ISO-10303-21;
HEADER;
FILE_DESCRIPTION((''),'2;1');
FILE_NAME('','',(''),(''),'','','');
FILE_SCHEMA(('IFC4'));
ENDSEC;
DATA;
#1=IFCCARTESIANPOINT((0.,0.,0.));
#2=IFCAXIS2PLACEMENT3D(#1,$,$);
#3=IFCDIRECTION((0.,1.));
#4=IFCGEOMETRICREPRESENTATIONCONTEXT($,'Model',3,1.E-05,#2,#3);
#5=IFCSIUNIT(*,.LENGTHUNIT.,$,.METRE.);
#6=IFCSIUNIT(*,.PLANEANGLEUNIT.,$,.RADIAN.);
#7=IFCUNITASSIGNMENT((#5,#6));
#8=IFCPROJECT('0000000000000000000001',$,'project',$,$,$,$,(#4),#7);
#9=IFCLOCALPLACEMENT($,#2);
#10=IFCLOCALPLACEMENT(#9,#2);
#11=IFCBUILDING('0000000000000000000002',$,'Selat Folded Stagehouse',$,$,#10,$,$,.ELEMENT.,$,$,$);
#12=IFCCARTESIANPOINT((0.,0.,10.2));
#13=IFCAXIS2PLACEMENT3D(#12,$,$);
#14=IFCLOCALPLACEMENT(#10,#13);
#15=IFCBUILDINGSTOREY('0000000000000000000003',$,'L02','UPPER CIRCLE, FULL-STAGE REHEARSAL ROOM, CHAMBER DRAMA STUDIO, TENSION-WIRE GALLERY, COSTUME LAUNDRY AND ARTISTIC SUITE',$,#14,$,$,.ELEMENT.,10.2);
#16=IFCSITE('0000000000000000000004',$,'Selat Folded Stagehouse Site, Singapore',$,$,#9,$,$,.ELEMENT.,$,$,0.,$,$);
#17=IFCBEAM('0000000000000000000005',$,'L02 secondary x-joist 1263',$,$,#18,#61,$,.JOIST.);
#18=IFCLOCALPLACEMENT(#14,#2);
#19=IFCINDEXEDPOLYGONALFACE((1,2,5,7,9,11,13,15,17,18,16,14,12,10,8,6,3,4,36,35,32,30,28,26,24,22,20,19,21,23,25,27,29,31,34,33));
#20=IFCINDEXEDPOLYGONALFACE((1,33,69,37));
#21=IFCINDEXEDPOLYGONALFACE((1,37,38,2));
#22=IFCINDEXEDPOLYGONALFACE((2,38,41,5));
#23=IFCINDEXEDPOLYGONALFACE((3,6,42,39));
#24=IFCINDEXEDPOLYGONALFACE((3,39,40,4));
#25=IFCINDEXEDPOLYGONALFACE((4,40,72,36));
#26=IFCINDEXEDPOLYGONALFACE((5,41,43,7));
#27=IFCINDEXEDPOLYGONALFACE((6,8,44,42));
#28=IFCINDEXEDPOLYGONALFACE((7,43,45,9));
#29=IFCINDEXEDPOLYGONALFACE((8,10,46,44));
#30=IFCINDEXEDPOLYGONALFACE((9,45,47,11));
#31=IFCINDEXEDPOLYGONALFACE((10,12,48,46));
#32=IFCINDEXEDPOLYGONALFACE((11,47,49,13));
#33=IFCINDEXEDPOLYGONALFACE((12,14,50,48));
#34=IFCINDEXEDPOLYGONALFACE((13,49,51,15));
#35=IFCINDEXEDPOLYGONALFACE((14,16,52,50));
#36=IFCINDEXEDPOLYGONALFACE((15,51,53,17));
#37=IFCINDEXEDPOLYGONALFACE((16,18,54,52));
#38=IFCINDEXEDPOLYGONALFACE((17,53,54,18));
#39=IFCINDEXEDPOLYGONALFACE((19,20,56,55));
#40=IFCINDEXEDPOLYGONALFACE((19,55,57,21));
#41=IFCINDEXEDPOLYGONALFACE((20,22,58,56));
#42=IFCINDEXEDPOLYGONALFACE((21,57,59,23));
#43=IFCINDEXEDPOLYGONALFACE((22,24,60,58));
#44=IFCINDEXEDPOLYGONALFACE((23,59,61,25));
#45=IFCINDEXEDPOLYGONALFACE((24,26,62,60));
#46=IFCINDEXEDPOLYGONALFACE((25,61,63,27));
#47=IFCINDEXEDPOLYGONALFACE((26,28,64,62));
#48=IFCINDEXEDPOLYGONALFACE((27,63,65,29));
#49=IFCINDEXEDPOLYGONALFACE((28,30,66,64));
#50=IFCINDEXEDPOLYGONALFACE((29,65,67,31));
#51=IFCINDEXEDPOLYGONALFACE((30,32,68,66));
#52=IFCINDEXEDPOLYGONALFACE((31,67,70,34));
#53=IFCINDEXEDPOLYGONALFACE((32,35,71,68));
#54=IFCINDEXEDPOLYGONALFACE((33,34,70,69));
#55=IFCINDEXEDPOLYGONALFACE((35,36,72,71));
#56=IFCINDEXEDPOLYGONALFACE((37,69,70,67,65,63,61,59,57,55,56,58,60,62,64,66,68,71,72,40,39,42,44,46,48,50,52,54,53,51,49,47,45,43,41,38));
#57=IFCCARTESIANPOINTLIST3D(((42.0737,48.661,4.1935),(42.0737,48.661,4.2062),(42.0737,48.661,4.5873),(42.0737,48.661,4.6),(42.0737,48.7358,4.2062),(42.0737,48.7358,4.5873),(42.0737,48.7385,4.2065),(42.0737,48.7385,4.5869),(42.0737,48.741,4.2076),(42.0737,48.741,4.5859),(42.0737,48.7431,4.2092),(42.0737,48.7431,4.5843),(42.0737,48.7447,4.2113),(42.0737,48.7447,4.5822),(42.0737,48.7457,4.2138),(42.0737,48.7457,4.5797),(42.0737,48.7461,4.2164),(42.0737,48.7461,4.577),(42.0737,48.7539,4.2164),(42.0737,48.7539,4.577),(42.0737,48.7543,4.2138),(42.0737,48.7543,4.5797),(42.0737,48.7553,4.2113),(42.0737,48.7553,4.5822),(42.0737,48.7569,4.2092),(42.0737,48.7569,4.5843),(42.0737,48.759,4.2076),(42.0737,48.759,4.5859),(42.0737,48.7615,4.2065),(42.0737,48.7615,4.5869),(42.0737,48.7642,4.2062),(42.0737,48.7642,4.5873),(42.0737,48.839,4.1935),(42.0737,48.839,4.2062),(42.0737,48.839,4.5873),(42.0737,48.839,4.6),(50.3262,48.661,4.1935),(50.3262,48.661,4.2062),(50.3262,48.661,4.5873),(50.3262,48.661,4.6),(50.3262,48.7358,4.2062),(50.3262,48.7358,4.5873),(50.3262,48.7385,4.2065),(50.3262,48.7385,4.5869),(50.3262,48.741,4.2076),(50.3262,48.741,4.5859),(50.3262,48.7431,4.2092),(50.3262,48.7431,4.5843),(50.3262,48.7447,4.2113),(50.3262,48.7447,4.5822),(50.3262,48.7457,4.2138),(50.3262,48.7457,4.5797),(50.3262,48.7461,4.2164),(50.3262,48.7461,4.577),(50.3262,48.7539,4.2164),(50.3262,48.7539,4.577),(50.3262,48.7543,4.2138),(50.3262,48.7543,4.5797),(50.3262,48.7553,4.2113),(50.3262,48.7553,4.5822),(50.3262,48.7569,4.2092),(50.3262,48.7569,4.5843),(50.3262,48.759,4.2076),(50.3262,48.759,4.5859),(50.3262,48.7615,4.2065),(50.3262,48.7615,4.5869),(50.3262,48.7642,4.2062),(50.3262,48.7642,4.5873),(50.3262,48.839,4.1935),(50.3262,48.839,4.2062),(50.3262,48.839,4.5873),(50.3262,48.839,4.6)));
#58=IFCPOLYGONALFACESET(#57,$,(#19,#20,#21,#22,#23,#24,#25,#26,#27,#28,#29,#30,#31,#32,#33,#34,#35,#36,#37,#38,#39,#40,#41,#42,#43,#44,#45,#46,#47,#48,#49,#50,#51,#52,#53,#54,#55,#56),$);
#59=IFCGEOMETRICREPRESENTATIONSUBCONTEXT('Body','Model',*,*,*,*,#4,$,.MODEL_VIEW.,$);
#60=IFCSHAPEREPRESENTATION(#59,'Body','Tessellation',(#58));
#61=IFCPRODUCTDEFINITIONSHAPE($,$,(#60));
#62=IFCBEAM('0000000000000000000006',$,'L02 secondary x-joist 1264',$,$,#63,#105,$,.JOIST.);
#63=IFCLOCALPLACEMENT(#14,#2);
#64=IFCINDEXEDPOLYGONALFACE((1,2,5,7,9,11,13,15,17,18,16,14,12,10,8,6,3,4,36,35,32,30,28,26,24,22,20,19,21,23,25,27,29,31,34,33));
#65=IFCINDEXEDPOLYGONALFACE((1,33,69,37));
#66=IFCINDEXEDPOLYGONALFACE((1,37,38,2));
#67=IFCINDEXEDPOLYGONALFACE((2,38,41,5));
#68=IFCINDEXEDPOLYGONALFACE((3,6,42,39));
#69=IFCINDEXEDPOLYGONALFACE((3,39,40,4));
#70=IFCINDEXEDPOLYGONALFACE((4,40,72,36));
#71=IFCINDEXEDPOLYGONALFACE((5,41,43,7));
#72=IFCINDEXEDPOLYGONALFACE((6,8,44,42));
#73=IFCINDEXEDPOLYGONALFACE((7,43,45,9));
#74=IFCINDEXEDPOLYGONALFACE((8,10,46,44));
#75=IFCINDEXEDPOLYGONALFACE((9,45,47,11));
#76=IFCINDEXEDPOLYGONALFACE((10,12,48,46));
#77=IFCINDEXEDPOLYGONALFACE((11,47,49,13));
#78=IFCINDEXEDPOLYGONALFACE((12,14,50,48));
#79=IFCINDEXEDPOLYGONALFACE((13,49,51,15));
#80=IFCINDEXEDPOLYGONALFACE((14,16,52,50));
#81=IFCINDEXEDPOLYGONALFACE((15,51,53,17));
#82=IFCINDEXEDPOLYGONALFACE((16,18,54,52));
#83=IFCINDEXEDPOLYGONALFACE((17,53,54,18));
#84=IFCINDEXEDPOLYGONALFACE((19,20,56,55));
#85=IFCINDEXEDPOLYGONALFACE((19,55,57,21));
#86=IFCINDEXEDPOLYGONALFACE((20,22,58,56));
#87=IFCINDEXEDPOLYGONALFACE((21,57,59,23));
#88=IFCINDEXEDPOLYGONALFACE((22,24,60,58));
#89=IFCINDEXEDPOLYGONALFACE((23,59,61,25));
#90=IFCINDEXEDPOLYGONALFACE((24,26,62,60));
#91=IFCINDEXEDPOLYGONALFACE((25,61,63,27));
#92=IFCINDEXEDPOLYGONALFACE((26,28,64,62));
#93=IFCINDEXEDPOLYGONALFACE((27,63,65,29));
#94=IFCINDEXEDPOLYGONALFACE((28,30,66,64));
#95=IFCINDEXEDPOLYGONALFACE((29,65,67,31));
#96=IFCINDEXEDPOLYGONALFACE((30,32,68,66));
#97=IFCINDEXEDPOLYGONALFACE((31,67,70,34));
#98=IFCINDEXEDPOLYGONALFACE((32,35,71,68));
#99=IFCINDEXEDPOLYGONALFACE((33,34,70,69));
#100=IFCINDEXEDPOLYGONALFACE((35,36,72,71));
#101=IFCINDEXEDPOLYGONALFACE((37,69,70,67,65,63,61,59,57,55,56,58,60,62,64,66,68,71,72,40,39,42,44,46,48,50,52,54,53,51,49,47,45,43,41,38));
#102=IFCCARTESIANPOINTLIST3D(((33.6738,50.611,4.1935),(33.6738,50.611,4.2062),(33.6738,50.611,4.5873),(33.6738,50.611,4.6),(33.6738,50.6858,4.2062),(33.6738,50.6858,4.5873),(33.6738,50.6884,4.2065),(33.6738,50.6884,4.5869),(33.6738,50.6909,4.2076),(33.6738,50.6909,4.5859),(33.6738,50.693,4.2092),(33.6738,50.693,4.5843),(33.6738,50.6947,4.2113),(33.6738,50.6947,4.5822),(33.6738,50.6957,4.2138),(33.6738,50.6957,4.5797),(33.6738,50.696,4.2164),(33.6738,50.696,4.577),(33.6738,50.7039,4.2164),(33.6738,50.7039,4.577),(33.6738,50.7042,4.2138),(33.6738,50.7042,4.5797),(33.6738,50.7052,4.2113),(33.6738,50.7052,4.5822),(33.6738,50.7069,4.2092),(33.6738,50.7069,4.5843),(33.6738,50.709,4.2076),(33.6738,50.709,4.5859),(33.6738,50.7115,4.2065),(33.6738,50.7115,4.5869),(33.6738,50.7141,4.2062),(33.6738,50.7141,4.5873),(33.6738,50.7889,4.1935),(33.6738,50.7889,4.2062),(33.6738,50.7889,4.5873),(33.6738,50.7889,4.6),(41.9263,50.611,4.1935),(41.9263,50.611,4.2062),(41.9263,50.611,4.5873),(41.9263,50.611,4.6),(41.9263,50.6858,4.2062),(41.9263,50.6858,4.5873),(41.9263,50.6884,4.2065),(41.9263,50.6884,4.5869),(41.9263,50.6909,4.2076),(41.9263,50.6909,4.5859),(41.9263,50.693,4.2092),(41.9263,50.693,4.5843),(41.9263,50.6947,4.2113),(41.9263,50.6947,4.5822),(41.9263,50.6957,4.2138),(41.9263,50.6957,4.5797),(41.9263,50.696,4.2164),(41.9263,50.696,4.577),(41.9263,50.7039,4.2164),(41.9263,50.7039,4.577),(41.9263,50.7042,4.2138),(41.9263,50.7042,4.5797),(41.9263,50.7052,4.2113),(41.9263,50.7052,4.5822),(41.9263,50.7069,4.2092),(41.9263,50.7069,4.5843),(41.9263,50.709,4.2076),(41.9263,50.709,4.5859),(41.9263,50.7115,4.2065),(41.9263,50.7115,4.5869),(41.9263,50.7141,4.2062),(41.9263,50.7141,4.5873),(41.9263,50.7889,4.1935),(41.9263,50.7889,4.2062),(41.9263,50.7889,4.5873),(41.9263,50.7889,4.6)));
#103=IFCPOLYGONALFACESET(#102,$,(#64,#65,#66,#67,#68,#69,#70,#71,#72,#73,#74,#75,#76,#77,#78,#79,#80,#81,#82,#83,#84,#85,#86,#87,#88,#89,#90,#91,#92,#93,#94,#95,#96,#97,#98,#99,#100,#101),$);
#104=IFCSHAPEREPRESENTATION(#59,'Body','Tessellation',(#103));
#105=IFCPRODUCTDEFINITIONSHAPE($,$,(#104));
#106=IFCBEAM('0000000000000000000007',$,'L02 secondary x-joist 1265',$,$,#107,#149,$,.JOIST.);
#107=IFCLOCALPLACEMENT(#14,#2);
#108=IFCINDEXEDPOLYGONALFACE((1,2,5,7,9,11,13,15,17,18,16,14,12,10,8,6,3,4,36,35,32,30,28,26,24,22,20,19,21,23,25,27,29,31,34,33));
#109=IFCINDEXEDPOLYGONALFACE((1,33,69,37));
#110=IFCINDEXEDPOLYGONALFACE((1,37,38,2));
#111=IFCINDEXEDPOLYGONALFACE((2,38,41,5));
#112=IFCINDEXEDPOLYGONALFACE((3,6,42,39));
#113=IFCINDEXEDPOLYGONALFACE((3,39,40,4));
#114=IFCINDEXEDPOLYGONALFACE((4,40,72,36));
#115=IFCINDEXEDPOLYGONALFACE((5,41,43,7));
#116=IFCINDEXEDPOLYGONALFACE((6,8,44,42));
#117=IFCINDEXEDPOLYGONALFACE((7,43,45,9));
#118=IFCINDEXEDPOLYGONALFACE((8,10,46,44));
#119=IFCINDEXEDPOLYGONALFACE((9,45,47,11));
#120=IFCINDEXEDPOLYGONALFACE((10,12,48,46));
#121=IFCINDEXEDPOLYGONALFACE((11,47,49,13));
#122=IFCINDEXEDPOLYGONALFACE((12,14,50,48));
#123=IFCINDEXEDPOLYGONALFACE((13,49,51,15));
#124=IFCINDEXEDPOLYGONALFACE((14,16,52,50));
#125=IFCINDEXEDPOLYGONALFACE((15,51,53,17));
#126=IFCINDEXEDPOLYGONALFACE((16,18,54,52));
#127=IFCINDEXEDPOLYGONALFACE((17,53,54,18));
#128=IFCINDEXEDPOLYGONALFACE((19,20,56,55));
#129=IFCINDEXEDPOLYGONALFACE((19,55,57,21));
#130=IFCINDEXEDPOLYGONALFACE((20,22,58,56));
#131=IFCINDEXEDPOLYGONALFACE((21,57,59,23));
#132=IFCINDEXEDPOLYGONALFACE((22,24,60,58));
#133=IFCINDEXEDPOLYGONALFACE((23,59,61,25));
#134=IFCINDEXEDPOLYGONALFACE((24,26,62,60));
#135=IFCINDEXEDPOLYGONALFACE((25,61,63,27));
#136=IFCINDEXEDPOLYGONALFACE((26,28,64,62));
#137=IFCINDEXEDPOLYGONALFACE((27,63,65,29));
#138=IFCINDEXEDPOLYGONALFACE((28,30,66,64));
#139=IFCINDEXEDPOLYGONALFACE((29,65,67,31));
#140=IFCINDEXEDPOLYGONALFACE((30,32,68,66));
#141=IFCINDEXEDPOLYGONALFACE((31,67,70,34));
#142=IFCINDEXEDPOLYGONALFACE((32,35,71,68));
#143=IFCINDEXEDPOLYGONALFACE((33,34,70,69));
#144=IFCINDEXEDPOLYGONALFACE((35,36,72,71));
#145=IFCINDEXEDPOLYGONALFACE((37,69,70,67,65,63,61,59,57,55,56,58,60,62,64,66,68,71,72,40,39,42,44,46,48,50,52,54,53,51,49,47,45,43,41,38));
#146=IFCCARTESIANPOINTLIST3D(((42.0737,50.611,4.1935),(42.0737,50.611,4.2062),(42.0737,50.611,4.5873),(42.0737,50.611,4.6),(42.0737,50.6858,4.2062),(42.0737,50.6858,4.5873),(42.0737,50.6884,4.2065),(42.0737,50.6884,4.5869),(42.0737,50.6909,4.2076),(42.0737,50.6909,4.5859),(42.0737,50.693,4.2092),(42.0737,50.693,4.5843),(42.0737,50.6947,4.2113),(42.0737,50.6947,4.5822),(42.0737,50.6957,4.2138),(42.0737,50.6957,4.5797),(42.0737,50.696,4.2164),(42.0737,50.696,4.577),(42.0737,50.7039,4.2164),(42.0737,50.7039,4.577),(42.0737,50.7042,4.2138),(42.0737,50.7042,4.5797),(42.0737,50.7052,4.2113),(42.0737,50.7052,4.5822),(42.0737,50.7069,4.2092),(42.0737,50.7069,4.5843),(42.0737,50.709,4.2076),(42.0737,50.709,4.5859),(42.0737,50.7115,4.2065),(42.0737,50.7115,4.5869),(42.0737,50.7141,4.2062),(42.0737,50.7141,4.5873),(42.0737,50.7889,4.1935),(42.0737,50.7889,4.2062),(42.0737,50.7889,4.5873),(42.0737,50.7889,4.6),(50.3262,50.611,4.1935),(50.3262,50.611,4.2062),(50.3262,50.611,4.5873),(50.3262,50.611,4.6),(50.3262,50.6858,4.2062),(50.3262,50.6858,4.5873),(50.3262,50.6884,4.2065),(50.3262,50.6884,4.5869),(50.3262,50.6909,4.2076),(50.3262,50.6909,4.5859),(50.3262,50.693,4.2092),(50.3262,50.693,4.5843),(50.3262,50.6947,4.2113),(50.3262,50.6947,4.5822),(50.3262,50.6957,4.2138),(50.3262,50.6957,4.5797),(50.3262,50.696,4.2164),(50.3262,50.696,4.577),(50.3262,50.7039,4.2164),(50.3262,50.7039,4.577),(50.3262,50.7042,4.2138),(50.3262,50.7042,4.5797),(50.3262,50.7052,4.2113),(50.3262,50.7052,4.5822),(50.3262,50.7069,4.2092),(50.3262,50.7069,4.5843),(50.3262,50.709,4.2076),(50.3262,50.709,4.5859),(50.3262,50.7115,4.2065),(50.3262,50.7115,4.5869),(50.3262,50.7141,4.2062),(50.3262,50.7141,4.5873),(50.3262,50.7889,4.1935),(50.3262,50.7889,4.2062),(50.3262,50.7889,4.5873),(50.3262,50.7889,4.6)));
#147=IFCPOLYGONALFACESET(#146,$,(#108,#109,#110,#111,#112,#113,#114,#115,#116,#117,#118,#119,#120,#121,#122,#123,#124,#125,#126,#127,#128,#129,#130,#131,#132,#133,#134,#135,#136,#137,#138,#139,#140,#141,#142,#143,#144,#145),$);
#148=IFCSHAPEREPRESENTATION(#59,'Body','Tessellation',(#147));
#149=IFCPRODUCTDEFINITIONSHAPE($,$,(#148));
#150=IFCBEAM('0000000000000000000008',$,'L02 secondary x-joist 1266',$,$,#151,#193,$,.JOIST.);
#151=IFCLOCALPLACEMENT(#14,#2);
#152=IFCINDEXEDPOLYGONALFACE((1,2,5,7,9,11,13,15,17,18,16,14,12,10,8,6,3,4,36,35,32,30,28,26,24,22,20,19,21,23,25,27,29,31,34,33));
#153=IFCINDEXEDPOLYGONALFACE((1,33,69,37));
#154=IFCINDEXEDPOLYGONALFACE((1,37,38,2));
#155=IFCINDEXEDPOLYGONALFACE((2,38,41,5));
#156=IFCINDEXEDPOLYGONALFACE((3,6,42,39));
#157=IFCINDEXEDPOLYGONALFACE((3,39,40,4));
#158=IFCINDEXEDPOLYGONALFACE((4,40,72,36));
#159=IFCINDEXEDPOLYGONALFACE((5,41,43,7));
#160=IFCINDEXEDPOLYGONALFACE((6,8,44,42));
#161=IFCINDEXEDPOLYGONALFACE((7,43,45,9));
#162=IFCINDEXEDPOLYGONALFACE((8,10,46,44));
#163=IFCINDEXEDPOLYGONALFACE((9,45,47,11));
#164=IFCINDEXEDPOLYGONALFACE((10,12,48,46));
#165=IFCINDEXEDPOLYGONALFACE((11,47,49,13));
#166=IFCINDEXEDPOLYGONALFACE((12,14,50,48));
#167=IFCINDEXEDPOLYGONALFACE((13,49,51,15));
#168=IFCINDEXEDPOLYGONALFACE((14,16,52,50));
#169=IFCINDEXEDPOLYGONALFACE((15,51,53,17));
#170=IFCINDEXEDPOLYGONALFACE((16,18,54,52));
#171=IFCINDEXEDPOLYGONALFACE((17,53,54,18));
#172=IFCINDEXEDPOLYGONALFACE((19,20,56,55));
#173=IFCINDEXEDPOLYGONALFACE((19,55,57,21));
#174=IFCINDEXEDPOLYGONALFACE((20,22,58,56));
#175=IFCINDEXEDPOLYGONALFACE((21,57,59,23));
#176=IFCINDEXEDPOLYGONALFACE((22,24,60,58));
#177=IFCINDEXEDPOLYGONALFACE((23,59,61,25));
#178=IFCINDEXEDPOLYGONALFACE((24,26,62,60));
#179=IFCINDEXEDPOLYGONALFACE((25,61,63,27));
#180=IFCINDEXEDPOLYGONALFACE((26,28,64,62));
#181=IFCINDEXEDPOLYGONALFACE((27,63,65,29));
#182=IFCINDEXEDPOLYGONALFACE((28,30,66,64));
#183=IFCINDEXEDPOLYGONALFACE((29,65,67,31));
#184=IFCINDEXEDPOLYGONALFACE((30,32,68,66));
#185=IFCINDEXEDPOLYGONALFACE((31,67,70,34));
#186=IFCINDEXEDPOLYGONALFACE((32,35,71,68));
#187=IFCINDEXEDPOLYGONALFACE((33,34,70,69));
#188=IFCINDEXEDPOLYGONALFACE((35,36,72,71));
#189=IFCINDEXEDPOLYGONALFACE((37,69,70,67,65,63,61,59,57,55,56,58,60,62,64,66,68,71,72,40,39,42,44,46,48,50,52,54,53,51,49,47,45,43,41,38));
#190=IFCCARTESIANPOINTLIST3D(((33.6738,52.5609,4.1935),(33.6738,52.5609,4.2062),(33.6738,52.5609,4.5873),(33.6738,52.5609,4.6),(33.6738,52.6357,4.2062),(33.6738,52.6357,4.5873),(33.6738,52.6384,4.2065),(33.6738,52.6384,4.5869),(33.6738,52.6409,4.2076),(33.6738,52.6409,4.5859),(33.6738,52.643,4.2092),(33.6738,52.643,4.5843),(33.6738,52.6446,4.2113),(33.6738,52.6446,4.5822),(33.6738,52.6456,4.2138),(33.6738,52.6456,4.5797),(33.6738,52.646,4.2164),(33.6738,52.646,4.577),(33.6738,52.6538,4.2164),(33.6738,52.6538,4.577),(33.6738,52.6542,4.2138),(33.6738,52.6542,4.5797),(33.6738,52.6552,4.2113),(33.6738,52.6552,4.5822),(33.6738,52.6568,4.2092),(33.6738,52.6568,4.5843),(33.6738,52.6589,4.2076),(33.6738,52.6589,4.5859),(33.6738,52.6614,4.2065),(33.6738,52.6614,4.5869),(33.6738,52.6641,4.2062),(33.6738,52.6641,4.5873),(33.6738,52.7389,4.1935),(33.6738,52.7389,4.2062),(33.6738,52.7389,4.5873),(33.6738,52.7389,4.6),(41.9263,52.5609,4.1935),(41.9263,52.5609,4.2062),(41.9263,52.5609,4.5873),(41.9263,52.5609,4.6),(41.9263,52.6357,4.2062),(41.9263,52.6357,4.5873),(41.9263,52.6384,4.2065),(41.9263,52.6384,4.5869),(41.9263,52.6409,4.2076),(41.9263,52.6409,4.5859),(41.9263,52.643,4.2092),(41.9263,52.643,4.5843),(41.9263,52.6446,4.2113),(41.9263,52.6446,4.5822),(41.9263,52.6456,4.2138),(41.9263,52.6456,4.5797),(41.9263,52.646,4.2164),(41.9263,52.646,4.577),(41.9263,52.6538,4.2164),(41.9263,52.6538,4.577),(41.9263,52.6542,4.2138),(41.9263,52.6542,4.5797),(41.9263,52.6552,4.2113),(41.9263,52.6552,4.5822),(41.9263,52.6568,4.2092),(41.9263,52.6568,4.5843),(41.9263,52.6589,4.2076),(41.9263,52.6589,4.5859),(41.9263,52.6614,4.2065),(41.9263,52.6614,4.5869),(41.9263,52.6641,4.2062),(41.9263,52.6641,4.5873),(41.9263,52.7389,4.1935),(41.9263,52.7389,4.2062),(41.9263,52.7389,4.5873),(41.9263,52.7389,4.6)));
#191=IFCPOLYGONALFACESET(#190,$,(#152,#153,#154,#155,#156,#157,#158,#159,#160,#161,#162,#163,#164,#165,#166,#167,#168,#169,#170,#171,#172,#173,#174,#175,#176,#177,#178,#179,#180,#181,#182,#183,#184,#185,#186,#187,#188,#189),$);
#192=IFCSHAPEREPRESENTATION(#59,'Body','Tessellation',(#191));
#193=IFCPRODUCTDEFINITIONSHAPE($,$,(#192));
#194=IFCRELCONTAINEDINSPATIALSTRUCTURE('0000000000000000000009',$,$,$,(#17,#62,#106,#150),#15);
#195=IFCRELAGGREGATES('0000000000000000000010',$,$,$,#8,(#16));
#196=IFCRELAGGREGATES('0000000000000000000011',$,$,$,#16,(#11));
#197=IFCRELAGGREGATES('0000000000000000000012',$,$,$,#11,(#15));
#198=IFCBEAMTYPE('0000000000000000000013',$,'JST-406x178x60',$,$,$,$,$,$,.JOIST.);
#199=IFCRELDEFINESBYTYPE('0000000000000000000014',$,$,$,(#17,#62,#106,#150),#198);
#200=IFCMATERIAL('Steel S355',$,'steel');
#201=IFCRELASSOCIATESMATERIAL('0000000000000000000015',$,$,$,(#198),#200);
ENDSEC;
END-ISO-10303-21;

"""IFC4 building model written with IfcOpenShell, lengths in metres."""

from ifc_helpers import new_model, si_unit, direction, frame, origin, origin_2d, place, context, subcontext, project, spatial, i_section, extrude, material, material_profile, profile_set, type_object, element, save


model = new_model("IFC4")

# Units and contexts
model_context = context("Model", 3, precision=1e-05, world=origin(), true_north=direction((0.0, 1.0)))
body_context = subcontext(model_context, "Body", "Model", "MODEL_VIEW")
ifc_project = project(units=[si_unit("LENGTHUNIT", "METRE"), si_unit("PLANEANGLEUNIT", "RADIAN")], contexts=[model_context])

# Site, building, storey
site_placement = place(None, origin())
site = spatial("IfcSite", under=ifc_project, at=site_placement, Name="Selat Folded Stagehouse Site, Singapore", CompositionType="ELEMENT", RefElevation=0.0)
building_placement = place(site_placement, origin())
building = spatial("IfcBuilding", under=site, at=building_placement, Name="Selat Folded Stagehouse", CompositionType="ELEMENT")
storey_placement = place(building_placement, frame((0.0, 0.0, 10.2)))
storey = spatial("IfcBuildingStorey", under=building, at=storey_placement, Name="L02", Description="UPPER CIRCLE, FULL-STAGE REHEARSAL ROOM, CHAMBER DRAMA STUDIO, TENSION-WIRE GALLERY, COSTUME LAUNDRY AND ARTISTIC SUITE", CompositionType="ELEMENT", Elevation=10.2)

# Shared definitions
ifc_material_1 = material(Name="Steel S355", Category="steel")

# Beams
ifc_material_profile_1 = material_profile(ifc_material_1, i_section(OverallWidth=0.178, OverallDepth=0.4065, WebThickness=0.0078, FlangeThickness=0.0127, FilletRadius=0.0103, at=origin_2d()), Name="UKB 406x178x60")
ifc_profile_set_1 = profile_set([ifc_material_profile_1], Name="Steel S355")
beam_type_1 = type_object("IfcBeamType", Name="JST-406x178x60", PredefinedType="JOIST", material=ifc_profile_set_1)
for number, where, z_axis, x_axis, name in (
    (1, (42.0737, 48.75, 4.3967), (1.0, 0.0, 0.0), (0.0, 1.0, 0.0), "L02 secondary x-joist 1263"),
    (2, (33.6738, 50.7, 4.3967), (1.0, 0.0, 0.0), (0.0, 1.0, 0.0), "L02 secondary x-joist 1264"),
    (3, (42.0737, 50.7, 4.3967), (1.0, 0.0, 0.0), (0.0, 1.0, 0.0), "L02 secondary x-joist 1265"),
    (4, (33.6738, 52.6499, 4.3967), (1.0, 0.0, 0.0), (0.0, 1.0, 0.0), "L02 secondary x-joist 1266"),
):
    element("IfcBeam", number, at=place(storey_placement, frame(where, z_axis=z_axis, x_axis=x_axis)), inside=storey, type_object=beam_type_1, Name=name, PredefinedType="JOIST", context=body_context, shape_type="SweptSolid", body=[
        extrude(i_section(OverallWidth=0.178, OverallDepth=0.4065, WebThickness=0.0078, FlangeThickness=0.0127, FilletRadius=0.0103, at=origin_2d()), origin(), (0.0, 0.0, 1.0), 8.2524),
    ])

save(model, "model.ifc")
